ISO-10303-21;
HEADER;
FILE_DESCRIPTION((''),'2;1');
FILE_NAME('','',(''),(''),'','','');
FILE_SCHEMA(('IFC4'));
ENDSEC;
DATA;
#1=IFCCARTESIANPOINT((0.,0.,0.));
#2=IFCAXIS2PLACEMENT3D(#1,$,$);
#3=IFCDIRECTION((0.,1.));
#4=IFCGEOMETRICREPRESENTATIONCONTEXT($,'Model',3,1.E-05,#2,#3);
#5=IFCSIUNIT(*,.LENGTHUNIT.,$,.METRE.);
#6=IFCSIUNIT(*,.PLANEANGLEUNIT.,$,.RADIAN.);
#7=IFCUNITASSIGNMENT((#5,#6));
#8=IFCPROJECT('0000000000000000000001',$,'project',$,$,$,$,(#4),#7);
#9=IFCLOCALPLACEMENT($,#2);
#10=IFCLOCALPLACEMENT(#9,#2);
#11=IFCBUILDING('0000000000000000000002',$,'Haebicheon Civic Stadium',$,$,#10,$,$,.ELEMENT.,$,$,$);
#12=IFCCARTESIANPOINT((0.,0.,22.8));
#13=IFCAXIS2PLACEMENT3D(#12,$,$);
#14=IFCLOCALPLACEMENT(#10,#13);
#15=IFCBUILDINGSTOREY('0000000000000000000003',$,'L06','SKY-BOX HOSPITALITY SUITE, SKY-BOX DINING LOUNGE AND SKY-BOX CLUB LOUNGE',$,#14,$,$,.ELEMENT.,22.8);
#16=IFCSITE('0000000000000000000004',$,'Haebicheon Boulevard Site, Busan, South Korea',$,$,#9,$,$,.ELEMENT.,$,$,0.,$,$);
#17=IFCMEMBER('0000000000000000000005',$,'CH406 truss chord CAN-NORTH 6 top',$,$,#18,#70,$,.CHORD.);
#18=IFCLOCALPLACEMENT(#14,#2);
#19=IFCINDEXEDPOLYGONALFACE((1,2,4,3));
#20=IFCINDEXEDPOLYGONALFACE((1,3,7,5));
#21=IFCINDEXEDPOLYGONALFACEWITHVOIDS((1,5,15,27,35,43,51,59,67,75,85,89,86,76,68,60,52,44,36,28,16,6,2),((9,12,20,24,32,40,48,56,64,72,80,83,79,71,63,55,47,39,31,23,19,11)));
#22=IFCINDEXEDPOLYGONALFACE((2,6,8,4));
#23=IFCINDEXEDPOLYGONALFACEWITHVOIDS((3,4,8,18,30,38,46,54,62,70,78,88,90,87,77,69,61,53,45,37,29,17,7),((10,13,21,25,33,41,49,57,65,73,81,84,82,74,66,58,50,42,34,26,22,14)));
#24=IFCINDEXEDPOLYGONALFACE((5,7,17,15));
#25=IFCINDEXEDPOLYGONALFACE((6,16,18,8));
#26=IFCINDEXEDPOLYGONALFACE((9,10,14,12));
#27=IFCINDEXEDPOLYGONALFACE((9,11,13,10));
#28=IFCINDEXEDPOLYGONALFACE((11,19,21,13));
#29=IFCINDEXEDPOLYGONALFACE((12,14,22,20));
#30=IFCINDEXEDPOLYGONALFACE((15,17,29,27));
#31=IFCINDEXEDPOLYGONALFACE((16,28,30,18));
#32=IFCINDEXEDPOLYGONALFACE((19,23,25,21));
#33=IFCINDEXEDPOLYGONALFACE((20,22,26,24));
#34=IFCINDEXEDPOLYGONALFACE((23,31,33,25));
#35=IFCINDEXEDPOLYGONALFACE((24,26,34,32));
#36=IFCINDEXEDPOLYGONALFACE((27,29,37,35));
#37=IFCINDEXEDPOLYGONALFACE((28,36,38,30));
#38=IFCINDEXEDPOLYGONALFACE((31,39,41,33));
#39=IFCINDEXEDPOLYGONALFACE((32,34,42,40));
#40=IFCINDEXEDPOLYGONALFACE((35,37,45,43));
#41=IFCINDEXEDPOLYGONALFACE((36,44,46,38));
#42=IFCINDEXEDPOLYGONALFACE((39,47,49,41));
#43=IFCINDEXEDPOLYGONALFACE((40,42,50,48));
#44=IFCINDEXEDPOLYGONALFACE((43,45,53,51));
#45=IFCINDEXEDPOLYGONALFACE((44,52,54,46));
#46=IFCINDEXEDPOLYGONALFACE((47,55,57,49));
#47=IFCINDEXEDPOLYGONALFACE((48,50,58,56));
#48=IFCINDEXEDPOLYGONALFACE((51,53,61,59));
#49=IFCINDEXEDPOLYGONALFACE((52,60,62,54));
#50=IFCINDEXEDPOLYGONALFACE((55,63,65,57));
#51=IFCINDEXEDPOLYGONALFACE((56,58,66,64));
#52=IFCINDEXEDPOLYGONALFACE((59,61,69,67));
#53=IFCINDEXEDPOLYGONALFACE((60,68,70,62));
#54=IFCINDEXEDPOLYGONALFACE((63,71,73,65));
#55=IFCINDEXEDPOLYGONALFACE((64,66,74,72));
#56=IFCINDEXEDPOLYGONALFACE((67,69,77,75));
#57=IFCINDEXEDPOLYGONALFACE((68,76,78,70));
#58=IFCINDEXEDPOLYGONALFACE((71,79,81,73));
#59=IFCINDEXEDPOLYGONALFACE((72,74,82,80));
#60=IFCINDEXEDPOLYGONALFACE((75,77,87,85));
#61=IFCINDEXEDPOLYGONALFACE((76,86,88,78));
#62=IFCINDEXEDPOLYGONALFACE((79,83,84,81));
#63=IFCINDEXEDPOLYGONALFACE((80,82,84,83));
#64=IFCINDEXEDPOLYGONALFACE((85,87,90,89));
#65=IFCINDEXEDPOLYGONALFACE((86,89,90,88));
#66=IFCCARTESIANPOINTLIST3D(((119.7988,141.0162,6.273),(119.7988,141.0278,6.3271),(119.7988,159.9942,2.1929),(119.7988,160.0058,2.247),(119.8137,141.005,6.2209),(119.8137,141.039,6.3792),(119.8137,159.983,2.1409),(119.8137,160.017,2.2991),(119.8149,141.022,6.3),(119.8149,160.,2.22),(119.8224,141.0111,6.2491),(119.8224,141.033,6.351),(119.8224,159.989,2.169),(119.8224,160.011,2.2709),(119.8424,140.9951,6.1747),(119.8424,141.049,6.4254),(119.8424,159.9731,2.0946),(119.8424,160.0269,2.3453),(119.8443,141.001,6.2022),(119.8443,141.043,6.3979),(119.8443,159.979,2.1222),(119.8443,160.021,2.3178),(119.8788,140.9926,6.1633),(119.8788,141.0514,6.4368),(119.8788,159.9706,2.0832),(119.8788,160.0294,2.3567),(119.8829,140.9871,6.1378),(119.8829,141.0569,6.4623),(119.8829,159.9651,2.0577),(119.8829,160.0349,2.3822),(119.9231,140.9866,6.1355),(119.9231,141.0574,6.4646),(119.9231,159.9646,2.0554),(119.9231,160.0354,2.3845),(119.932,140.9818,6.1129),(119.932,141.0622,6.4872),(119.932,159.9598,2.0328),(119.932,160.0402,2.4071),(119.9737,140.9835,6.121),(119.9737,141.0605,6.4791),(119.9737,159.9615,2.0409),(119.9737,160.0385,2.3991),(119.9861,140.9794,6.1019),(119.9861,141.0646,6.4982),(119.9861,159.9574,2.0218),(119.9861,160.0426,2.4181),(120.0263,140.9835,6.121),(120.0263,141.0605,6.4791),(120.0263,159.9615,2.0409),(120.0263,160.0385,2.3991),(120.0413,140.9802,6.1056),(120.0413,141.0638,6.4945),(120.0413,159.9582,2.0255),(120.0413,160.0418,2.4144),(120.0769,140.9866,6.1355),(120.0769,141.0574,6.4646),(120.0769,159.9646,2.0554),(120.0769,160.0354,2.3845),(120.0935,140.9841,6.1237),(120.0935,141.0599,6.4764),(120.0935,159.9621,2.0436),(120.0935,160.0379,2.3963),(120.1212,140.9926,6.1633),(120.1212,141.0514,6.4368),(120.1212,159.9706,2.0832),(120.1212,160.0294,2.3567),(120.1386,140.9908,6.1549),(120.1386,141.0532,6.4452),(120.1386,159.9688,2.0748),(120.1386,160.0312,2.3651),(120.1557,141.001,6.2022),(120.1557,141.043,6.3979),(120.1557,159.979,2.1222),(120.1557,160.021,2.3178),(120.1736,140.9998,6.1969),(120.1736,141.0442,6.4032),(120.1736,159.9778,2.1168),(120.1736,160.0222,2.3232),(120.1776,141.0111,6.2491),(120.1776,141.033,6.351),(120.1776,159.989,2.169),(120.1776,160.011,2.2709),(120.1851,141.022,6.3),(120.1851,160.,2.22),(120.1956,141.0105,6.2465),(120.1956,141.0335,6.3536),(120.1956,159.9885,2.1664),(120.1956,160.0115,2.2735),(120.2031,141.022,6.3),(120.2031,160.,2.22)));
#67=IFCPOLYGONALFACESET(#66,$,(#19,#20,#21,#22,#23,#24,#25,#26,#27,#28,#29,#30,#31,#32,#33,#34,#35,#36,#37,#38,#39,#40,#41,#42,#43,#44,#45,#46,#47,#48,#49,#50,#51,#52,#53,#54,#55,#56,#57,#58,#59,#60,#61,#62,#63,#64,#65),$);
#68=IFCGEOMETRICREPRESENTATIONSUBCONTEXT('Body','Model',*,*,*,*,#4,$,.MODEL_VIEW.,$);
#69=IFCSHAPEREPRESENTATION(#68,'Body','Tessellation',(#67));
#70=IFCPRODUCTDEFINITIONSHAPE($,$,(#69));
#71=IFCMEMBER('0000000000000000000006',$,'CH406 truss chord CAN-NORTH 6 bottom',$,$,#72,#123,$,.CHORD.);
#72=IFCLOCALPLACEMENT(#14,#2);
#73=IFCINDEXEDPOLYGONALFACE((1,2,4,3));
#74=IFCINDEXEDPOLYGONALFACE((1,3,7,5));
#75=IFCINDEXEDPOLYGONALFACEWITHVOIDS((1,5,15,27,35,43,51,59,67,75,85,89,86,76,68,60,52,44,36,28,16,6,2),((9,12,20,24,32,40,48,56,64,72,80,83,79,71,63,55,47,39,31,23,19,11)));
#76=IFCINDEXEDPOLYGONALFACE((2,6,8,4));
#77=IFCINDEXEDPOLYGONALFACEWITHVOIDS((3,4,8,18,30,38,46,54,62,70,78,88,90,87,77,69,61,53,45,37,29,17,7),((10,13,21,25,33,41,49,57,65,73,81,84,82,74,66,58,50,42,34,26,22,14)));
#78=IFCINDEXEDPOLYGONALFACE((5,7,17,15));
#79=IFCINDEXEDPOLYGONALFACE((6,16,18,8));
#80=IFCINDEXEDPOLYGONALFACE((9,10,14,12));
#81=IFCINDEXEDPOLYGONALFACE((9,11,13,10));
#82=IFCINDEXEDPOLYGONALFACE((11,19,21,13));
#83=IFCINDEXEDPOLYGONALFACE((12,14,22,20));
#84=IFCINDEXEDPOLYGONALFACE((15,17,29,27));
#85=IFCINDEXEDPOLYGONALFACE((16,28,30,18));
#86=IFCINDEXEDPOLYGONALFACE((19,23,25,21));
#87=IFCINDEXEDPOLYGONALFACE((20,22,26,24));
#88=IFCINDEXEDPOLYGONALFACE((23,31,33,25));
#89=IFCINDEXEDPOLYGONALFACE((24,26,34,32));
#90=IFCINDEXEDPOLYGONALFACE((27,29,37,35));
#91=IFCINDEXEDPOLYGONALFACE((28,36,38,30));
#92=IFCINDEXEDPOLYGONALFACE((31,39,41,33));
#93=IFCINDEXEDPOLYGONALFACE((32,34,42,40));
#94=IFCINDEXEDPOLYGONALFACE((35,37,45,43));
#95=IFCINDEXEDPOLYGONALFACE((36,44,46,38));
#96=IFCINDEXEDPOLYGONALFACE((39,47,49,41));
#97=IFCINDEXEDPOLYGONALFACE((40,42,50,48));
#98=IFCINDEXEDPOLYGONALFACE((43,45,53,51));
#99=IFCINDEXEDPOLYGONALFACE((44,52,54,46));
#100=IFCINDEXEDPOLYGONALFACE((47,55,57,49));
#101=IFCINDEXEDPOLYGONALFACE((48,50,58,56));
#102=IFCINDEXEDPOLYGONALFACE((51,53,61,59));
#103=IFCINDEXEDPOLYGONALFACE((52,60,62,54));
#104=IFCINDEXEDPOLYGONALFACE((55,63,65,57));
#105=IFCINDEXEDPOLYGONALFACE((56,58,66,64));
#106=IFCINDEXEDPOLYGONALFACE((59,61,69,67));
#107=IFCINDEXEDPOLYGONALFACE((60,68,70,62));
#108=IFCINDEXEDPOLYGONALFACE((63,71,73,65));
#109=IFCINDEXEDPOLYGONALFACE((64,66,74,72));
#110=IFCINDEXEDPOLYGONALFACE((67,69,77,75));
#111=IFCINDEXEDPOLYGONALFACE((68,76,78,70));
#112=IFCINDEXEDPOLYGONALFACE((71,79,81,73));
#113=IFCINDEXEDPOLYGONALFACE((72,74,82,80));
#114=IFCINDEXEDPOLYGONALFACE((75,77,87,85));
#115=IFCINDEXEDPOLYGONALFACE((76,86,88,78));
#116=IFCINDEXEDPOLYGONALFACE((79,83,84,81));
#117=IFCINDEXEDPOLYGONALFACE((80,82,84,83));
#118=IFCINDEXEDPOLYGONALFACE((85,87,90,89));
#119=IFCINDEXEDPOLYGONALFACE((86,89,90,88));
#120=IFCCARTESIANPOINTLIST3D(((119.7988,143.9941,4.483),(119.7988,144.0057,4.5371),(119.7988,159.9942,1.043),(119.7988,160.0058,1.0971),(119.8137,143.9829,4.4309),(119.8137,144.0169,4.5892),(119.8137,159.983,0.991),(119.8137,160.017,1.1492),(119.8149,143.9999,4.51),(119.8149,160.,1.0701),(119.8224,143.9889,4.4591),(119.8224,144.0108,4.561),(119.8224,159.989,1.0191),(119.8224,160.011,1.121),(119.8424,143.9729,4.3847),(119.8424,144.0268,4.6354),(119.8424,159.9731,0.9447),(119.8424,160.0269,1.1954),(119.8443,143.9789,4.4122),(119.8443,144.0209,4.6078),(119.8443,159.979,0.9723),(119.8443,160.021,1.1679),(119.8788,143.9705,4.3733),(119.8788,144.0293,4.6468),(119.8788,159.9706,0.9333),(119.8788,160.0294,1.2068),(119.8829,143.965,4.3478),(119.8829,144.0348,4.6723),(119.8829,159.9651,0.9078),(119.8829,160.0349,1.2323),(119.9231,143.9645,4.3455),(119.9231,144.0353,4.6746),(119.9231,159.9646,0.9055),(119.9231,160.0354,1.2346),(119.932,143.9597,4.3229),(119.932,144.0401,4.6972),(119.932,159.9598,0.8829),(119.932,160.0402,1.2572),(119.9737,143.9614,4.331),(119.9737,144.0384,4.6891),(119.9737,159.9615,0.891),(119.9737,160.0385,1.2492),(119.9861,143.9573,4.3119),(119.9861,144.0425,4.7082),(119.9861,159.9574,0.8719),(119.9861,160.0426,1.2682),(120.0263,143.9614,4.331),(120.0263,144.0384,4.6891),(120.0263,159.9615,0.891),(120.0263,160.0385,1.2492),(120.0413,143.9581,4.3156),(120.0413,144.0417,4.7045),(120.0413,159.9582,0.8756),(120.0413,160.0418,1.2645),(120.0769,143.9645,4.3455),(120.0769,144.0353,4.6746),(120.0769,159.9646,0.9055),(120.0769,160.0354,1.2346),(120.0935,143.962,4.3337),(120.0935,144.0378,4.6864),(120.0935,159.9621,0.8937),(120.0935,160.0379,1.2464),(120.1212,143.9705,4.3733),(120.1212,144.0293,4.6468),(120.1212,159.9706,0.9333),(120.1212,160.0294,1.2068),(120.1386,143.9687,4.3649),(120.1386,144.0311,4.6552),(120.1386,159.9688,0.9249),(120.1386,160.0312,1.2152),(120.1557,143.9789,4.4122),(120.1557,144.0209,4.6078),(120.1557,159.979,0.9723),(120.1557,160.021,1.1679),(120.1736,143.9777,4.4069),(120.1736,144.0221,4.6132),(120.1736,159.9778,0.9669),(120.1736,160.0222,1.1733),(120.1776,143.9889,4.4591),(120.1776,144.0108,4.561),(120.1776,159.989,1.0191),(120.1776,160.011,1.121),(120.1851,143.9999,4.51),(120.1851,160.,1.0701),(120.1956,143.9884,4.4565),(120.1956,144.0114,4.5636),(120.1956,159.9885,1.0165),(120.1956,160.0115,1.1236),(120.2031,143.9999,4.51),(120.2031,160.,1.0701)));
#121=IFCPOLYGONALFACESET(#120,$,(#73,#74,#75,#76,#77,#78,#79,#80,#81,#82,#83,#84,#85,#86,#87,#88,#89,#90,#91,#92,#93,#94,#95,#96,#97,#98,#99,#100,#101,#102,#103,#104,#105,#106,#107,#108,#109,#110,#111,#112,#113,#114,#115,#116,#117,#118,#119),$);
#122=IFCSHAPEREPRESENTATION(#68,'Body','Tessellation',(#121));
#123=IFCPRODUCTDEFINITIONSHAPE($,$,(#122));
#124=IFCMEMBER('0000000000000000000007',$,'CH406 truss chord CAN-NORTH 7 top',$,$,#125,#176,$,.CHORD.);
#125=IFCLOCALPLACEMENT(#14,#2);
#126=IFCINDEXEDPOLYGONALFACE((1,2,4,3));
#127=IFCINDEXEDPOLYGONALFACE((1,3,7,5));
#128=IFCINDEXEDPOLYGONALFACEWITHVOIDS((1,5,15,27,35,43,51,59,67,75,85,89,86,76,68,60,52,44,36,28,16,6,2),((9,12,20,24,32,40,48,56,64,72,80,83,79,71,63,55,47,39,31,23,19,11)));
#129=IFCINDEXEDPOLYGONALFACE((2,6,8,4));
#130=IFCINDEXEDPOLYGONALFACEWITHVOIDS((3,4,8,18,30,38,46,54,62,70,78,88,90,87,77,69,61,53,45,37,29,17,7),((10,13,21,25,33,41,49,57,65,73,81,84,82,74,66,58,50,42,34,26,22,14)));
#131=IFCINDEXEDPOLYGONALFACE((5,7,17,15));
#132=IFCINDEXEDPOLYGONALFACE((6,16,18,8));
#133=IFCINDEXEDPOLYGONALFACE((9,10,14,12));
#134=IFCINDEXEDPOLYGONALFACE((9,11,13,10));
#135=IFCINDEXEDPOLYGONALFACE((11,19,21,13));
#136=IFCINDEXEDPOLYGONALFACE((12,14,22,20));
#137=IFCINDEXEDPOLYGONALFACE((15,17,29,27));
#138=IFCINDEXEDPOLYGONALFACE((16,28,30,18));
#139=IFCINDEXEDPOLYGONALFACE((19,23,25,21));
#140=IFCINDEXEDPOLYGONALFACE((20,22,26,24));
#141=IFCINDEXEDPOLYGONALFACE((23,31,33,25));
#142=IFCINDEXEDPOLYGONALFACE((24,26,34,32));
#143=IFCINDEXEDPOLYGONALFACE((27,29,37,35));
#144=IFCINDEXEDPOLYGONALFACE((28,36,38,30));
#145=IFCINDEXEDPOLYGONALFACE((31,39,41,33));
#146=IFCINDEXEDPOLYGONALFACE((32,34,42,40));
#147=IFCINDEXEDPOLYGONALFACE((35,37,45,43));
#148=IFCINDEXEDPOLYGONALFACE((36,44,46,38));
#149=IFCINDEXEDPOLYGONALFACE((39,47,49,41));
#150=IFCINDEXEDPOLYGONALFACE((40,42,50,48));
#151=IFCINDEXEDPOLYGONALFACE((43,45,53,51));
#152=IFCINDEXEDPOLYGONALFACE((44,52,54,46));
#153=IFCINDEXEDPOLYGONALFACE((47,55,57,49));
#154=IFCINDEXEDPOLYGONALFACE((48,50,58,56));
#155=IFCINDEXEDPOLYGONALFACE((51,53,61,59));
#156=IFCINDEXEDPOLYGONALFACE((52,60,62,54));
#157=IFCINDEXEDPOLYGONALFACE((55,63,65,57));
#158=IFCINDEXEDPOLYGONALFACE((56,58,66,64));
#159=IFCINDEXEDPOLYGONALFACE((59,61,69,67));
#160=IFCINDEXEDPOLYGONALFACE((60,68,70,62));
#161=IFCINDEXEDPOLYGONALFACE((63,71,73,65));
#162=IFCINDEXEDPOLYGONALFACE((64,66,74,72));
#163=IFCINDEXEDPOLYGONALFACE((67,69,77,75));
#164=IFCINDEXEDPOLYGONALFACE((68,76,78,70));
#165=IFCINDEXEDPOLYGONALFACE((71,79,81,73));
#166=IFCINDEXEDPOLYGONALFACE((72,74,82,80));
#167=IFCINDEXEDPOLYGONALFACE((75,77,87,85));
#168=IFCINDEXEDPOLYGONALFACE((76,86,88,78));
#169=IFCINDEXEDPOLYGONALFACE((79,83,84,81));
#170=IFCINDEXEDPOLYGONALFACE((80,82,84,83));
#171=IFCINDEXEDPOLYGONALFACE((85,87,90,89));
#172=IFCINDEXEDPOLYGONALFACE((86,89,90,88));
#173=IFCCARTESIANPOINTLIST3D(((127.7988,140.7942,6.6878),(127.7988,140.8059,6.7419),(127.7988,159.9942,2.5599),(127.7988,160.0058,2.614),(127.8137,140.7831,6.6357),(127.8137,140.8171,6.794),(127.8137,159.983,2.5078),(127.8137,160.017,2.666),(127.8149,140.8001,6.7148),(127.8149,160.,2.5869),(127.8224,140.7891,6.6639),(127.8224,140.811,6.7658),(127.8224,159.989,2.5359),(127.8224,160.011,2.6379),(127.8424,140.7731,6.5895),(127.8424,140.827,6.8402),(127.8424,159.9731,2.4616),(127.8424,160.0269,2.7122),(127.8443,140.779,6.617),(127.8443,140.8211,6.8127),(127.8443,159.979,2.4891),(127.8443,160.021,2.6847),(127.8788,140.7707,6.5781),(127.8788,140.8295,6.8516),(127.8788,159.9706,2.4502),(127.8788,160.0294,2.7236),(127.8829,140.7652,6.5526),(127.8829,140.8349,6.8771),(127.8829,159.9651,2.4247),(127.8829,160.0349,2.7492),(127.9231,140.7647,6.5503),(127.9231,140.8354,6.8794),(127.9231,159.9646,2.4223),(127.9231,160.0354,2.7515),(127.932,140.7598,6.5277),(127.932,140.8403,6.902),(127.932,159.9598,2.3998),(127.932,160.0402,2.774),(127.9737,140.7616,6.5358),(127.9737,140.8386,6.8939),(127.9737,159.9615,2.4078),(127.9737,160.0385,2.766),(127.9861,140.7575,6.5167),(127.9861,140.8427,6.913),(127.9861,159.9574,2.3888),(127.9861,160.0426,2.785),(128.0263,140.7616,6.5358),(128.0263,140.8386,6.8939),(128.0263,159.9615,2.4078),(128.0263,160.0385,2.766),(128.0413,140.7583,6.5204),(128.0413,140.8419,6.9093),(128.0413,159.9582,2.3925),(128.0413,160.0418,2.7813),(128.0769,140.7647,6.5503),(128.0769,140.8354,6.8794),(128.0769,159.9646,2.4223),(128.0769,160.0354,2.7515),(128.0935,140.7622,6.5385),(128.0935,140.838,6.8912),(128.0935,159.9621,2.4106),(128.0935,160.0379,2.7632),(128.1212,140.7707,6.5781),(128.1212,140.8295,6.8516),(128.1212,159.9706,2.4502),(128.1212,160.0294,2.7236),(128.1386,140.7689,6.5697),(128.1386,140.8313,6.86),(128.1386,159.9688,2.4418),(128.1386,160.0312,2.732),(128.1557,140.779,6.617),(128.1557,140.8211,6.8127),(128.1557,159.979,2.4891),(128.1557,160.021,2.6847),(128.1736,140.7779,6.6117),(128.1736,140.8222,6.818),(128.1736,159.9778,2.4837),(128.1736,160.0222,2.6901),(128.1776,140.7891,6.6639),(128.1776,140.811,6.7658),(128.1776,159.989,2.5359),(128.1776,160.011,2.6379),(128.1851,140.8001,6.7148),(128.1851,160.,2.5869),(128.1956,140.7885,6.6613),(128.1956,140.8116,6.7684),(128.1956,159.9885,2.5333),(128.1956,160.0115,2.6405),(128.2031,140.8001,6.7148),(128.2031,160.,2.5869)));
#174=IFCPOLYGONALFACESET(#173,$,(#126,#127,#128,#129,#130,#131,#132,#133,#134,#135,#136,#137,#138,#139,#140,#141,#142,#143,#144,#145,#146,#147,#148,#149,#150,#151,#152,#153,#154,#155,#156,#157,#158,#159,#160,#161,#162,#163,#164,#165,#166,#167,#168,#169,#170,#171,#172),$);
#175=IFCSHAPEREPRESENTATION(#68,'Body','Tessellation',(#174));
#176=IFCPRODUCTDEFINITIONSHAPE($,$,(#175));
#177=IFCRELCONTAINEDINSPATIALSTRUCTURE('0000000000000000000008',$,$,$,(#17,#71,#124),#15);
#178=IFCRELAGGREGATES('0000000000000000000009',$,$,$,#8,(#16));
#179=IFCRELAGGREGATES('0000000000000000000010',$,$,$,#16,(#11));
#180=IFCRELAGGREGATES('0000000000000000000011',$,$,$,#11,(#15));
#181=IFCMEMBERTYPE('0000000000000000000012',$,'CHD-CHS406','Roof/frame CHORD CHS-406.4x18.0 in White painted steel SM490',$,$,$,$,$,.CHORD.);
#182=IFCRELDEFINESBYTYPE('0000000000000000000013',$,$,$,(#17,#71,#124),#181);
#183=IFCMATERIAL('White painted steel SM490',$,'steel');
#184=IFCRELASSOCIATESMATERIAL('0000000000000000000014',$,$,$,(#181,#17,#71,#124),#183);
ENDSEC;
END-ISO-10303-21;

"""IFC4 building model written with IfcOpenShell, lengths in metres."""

from ifc_helpers import new_model, si_unit, direction, frame, origin, origin_2d, place, context, subcontext, project, spatial, hollow_circle, extrude, material, material_profile, profile_set, type_object, element, save


model = new_model("IFC4")

# Units and contexts
model_context = context("Model", 3, precision=1e-05, world=origin(), true_north=direction((0.0, 1.0)))
body_context = subcontext(model_context, "Body", "Model", "MODEL_VIEW")
ifc_project = project(units=[si_unit("LENGTHUNIT", "METRE"), si_unit("PLANEANGLEUNIT", "RADIAN")], contexts=[model_context])

# Site, building, storey
site_placement = place(None, origin())
site = spatial("IfcSite", under=ifc_project, at=site_placement, Name="Haebicheon Boulevard Site, Busan, South Korea", CompositionType="ELEMENT", RefElevation=0.0)
building_placement = place(site_placement, origin())
building = spatial("IfcBuilding", under=site, at=building_placement, Name="Haebicheon Civic Stadium", CompositionType="ELEMENT")
storey_placement = place(building_placement, frame((0.0, 0.0, 22.8)))
storey = spatial("IfcBuildingStorey", under=building, at=storey_placement, Name="L06", Description="SKY-BOX HOSPITALITY SUITE, SKY-BOX DINING LOUNGE AND SKY-BOX CLUB LOUNGE", CompositionType="ELEMENT", Elevation=22.8)

# Members
ifc_material_1 = material(Name="White painted steel SM490", Category="steel")
ifc_material_profile_1 = material_profile(ifc_material_1, hollow_circle(Radius=0.2031, WallThickness=0.0181, at=origin_2d()), Name="CHS-406.4x18.0")
ifc_profile_set_1 = profile_set([ifc_material_profile_1], Name="White painted steel SM490")
member_type_1 = type_object("IfcMemberType", Name="CHD-CHS406", Description="Roof/frame CHORD CHS-406.4x18.0 in White painted steel SM490", PredefinedType="CHORD", material=ifc_profile_set_1)
member_1_placement = place(storey_placement, frame((120.0, 160.0, 2.22), z_axis=(0.0, -0.977661, 0.210187), x_axis=(1.0, 0.0, 0.0)))
element("IfcMember", 1, at=member_1_placement, inside=storey, type_object=member_type_1, material=ifc_profile_set_1, Name="CH406 truss chord CAN-NORTH 6 top", PredefinedType="CHORD", context=body_context, shape_type="SweptSolid", body=[
    extrude(hollow_circle(Radius=0.2031, WallThickness=0.0181, at=origin_2d()), origin(), (0.0, 0.0, 1.0), 19.4116),
])
member_2_placement = place(storey_placement, frame((120.0, 160.0, 1.0701), z_axis=(0.0, -0.97766, 0.210193), x_axis=(1.0, 0.0, 0.0)))
element("IfcMember", 2, at=member_2_placement, inside=storey, type_object=member_type_1, material=ifc_profile_set_1, Name="CH406 truss chord CAN-NORTH 6 bottom", PredefinedType="CHORD", context=body_context, shape_type="SweptSolid", body=[
    extrude(hollow_circle(Radius=0.2031, WallThickness=0.0181, at=origin_2d()), origin(), (0.0, 0.0, 1.0), 16.3657),
])
member_3_placement = place(storey_placement, frame((128.0, 160.0, 2.5869), z_axis=(0.0, -0.97766, 0.210194), x_axis=(1.0, 0.0, 0.0)))
element("IfcMember", 3, at=member_3_placement, inside=storey, type_object=member_type_1, material=ifc_profile_set_1, Name="CH406 truss chord CAN-NORTH 7 top", PredefinedType="CHORD", context=body_context, shape_type="SweptSolid", body=[
    extrude(hollow_circle(Radius=0.2031, WallThickness=0.0181, at=origin_2d()), origin(), (0.0, 0.0, 1.0), 19.6387),
])

save(model, "model.ifc")
